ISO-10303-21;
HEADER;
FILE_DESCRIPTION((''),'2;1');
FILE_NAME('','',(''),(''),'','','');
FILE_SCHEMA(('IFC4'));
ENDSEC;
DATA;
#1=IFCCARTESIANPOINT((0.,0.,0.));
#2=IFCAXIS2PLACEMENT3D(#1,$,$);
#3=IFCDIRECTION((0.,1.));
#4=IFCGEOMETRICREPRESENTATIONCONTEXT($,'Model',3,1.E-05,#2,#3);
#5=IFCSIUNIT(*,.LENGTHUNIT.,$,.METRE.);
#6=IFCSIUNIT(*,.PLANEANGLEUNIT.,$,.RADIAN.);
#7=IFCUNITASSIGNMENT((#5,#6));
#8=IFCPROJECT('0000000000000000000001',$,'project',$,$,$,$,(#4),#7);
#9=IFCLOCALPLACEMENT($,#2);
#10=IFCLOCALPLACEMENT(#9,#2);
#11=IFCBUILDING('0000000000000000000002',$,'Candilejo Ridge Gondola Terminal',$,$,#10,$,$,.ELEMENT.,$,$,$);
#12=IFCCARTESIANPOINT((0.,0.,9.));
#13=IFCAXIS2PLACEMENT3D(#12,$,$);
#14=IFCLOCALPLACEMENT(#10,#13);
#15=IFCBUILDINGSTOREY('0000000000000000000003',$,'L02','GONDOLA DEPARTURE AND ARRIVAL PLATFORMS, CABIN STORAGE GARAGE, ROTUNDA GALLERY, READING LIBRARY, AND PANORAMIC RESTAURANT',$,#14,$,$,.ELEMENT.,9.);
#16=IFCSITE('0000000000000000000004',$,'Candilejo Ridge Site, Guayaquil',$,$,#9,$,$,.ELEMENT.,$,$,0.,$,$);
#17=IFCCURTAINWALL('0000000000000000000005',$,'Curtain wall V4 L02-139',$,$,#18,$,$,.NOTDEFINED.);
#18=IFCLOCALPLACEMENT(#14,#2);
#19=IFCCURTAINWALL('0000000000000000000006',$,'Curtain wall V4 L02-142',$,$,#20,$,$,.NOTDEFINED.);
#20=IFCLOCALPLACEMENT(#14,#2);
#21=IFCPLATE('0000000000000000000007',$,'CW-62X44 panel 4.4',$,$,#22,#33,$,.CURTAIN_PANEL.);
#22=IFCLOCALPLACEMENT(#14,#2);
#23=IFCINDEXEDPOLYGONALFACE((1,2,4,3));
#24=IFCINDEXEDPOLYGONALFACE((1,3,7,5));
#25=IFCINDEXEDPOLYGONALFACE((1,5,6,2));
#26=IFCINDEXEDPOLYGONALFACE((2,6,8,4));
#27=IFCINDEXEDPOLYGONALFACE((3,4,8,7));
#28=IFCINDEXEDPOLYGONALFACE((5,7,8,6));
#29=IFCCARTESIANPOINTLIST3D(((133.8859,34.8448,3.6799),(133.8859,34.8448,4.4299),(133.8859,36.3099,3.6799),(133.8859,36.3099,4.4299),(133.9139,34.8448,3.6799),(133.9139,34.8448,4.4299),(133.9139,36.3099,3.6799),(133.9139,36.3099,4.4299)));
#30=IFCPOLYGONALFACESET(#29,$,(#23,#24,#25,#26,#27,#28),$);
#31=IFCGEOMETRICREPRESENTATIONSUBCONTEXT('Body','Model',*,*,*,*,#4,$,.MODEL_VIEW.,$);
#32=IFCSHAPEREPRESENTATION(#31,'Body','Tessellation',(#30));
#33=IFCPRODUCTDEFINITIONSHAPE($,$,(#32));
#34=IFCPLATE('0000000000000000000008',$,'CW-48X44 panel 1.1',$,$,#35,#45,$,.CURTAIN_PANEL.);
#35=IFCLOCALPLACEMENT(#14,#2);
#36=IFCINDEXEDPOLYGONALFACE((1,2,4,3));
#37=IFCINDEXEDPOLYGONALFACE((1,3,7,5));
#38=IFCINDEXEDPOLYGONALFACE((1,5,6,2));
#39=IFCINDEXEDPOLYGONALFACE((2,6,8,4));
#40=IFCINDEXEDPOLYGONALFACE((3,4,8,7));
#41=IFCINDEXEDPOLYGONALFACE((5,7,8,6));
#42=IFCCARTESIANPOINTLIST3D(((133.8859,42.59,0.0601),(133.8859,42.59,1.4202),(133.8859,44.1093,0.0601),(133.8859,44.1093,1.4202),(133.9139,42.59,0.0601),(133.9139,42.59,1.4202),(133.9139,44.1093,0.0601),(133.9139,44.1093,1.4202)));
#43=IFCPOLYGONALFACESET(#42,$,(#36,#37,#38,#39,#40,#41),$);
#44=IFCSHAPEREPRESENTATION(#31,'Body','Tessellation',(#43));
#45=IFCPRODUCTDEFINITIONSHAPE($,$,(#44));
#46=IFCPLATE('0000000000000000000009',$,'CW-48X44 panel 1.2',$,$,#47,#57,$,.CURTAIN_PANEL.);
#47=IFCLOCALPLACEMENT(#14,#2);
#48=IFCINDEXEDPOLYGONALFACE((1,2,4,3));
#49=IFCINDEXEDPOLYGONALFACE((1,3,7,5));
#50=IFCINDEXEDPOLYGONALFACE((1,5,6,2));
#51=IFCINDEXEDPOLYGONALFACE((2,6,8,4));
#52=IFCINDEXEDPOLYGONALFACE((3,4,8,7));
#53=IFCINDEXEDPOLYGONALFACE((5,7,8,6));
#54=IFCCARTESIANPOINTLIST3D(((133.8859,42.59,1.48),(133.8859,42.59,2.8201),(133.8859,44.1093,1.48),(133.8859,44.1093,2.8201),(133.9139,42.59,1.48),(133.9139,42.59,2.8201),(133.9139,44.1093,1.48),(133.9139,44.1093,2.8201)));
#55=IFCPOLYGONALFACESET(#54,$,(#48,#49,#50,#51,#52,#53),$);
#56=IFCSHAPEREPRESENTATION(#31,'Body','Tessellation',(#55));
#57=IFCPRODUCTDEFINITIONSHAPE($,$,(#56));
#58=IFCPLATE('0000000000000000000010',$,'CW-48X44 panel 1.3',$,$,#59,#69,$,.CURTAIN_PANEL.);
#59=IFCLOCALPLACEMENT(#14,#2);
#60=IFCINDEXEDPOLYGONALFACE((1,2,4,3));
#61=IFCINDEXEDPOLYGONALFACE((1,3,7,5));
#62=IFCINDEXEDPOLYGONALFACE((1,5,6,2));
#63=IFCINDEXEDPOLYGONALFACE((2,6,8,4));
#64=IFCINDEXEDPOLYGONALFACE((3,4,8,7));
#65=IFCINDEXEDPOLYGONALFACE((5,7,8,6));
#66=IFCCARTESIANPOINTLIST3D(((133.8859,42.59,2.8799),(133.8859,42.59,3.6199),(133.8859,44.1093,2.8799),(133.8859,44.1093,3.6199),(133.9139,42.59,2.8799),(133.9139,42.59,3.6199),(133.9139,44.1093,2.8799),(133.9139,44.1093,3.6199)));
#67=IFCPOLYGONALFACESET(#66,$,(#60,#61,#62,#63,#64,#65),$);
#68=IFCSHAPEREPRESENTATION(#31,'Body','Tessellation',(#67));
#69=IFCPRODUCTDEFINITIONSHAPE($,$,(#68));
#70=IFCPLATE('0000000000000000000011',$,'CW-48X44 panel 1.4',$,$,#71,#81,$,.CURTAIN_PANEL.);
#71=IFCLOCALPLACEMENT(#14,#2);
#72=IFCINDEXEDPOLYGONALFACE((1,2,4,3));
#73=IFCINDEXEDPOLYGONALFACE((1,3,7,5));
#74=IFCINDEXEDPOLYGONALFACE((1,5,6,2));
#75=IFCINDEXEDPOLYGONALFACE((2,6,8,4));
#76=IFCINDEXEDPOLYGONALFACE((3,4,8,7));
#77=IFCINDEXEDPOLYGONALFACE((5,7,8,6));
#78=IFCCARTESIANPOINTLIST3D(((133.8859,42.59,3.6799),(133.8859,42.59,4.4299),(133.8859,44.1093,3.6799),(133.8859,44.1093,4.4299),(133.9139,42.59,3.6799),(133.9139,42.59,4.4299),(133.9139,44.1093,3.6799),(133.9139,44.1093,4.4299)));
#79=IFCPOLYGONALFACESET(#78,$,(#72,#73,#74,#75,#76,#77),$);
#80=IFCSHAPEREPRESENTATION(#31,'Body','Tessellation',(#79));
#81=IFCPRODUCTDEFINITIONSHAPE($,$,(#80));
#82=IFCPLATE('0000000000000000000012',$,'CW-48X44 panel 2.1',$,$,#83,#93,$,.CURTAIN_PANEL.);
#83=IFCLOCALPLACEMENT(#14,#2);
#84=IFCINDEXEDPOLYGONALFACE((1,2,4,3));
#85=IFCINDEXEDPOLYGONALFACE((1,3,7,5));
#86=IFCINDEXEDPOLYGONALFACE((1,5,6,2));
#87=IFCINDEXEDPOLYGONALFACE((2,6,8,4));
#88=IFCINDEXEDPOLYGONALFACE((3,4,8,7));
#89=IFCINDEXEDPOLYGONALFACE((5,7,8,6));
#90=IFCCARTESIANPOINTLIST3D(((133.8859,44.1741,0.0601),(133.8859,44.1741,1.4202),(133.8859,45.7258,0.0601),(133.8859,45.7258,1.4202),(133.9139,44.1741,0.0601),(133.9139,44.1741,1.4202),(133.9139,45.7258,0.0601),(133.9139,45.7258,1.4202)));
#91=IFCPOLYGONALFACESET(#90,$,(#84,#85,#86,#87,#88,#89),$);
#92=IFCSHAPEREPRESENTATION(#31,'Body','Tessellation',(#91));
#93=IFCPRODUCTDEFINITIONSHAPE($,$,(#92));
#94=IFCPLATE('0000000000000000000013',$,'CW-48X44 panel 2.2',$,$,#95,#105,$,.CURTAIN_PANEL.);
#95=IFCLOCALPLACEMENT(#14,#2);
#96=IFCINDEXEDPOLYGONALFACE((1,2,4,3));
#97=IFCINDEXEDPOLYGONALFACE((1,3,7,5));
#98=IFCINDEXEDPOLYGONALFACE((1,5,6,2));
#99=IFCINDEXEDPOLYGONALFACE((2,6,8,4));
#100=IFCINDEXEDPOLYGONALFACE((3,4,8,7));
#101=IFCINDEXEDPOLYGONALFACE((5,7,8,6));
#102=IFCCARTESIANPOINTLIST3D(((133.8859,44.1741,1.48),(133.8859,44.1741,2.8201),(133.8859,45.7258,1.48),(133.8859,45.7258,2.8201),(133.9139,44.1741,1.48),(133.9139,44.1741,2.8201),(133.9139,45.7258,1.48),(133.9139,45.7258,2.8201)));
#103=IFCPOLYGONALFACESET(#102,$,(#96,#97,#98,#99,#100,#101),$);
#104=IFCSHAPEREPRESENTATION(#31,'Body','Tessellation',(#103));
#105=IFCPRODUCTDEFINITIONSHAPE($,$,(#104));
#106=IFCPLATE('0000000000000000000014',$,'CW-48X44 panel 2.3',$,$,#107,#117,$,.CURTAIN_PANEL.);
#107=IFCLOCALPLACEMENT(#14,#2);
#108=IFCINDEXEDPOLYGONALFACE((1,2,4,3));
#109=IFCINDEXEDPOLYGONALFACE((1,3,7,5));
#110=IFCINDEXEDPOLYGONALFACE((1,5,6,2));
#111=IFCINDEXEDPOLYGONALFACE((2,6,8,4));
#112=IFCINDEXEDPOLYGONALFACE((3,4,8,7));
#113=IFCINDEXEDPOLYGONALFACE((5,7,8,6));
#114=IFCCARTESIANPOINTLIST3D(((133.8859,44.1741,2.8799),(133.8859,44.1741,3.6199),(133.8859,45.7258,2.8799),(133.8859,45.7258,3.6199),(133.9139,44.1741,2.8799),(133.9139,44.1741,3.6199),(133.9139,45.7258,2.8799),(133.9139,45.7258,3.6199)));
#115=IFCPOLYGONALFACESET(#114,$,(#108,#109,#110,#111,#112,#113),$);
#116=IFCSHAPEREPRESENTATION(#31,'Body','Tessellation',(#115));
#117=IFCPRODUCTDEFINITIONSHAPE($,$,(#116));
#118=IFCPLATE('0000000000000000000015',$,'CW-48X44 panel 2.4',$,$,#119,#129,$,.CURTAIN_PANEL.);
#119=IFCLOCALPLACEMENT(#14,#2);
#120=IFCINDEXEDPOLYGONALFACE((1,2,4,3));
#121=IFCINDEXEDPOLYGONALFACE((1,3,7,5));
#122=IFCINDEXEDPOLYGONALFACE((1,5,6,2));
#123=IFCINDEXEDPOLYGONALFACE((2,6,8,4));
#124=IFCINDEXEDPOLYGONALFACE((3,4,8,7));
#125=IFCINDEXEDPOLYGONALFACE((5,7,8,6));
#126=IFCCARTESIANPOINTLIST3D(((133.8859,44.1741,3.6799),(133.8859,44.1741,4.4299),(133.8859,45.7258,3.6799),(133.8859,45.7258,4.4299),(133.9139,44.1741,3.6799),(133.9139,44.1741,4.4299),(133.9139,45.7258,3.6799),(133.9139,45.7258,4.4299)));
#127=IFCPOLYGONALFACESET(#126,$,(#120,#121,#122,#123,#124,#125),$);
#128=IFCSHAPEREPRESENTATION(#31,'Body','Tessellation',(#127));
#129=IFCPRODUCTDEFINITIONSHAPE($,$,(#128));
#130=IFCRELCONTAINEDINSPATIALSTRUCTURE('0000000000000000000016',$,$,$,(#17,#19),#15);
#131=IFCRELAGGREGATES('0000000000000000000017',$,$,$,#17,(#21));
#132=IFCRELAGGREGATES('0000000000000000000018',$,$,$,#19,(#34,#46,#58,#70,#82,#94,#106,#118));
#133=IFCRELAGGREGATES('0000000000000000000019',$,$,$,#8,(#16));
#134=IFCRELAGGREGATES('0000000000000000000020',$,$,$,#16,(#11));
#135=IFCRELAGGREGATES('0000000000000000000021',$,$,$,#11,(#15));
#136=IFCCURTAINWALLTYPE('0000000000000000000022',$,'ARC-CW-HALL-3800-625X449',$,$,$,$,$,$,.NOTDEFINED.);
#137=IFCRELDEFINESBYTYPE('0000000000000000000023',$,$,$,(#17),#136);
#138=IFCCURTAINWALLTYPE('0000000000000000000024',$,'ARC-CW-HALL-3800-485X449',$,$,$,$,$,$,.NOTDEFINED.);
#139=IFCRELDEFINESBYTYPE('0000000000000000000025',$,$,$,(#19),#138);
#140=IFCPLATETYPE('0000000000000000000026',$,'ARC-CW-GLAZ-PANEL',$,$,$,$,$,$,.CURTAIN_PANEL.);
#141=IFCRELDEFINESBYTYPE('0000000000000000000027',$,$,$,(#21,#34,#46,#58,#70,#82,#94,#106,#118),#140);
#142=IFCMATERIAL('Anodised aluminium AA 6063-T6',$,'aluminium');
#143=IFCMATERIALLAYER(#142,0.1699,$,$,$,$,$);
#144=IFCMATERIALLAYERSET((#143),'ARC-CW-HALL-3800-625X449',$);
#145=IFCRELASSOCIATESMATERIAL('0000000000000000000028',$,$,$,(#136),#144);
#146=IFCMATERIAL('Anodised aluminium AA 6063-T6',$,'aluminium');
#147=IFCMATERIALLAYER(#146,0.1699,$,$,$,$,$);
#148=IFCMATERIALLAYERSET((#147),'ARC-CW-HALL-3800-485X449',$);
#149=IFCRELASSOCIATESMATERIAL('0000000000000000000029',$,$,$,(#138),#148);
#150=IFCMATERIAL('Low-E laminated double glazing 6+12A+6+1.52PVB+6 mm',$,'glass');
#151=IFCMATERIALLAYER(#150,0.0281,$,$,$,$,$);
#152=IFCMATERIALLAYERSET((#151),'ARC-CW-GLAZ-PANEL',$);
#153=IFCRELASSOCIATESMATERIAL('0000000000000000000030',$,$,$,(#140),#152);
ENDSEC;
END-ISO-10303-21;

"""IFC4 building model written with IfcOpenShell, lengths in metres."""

from ifc_helpers import new_model, si_unit, direction, frame, origin, origin_2d, place, context, subcontext, project, spatial, rectangle, extrude, material, layer, layer_set, type_object, element, aggregate, save


model = new_model("IFC4")

# Units and contexts
model_context = context("Model", 3, precision=1e-05, world=origin(), true_north=direction((0.0, 1.0)))
body_context = subcontext(model_context, "Body", "Model", "MODEL_VIEW")
ifc_project = project(units=[si_unit("LENGTHUNIT", "METRE"), si_unit("PLANEANGLEUNIT", "RADIAN")], contexts=[model_context])

# Site, building, storey
site_placement = place(None, origin())
site = spatial("IfcSite", under=ifc_project, at=site_placement, Name="Candilejo Ridge Site, Guayaquil", CompositionType="ELEMENT", RefElevation=0.0)
building_placement = place(site_placement, origin())
building = spatial("IfcBuilding", under=site, at=building_placement, Name="Candilejo Ridge Gondola Terminal", CompositionType="ELEMENT")
storey_placement = place(building_placement, frame((0.0, 0.0, 9.0)))
storey = spatial("IfcBuildingStorey", under=building, at=storey_placement, Name="L02", Description="GONDOLA DEPARTURE AND ARRIVAL PLATFORMS, CABIN STORAGE GARAGE, ROTUNDA GALLERY, READING LIBRARY, AND PANORAMIC RESTAURANT", CompositionType="ELEMENT", Elevation=9.0)

# Curtain wall
ifc_material_1 = material(Name="Anodised aluminium AA 6063-T6", Category="aluminium")
ifc_layer_1 = layer(ifc_material_1, 0.1699)
ifc_layer_set_1 = layer_set([ifc_layer_1], Name="ARC-CW-HALL-3800-625X449")
curtain_wall_type_1 = type_object("IfcCurtainWallType", Name="ARC-CW-HALL-3800-625X449", PredefinedType="NOTDEFINED", material=ifc_layer_set_1)
curtain_wall_1_placement = place(storey_placement, origin())
curtain_wall_1 = element("IfcCurtainWall", 1, at=curtain_wall_1_placement, inside=storey, type_object=curtain_wall_type_1, Name="Curtain wall V4 L02-139", PredefinedType="NOTDEFINED")

# Curtain wall
ifc_material_2 = material(Name="Anodised aluminium AA 6063-T6", Category="aluminium")
ifc_layer_2 = layer(ifc_material_2, 0.1699)
ifc_layer_set_2 = layer_set([ifc_layer_2], Name="ARC-CW-HALL-3800-485X449")
curtain_wall_type_2 = type_object("IfcCurtainWallType", Name="ARC-CW-HALL-3800-485X449", PredefinedType="NOTDEFINED", material=ifc_layer_set_2)
curtain_wall_2_placement = place(storey_placement, origin())
curtain_wall_2 = element("IfcCurtainWall", 2, at=curtain_wall_2_placement, inside=storey, type_object=curtain_wall_type_2, Name="Curtain wall V4 L02-142", PredefinedType="NOTDEFINED")

# Plates
ifc_material_3 = material(Name="Low-E laminated double glazing 6+12A+6+1.52PVB+6 mm", Category="glass")
ifc_layer_3 = layer(ifc_material_3, 0.0281)
ifc_layer_set_3 = layer_set([ifc_layer_3], Name="ARC-CW-GLAZ-PANEL")
plate_type = type_object("IfcPlateType", Name="ARC-CW-GLAZ-PANEL", PredefinedType="CURTAIN_PANEL", material=ifc_layer_set_3)
plate_1_placement = place(storey_placement, frame((133.8999, 35.5774, 3.6799), z_axis=(0.0, 0.0, 1.0), x_axis=(0.0, 1.0, 0.0)))
plate_1 = element("IfcPlate", 3, at=plate_1_placement, type_object=plate_type, Name="CW-62X44 panel 4.4", PredefinedType="CURTAIN_PANEL", context=body_context, shape_type="SweptSolid", body=[
    extrude(rectangle(XDim=1.4651, YDim=0.0281, at=origin_2d()), origin(), (0.0, 0.0, 1.0), 0.75),
])
aggregate(curtain_wall_1, [plate_1])
plate_2_placement = place(storey_placement, frame((133.8999, 43.3496, 0.0601), z_axis=(0.0, 0.0, 1.0), x_axis=(0.0, 1.0, 0.0)))
plate_2 = element("IfcPlate", 4, at=plate_2_placement, type_object=plate_type, Name="CW-48X44 panel 1.1", PredefinedType="CURTAIN_PANEL", context=body_context, shape_type="SweptSolid", body=[
    extrude(rectangle(XDim=1.5193, YDim=0.0281, at=origin_2d()), origin(), (0.0, 0.0, 1.0), 1.3601),
])
plate_3_placement = place(storey_placement, frame((133.8999, 43.3496, 1.48), z_axis=(0.0, 0.0, 1.0), x_axis=(0.0, 1.0, 0.0)))
plate_3 = element("IfcPlate", 5, at=plate_3_placement, type_object=plate_type, Name="CW-48X44 panel 1.2", PredefinedType="CURTAIN_PANEL", context=body_context, shape_type="SweptSolid", body=[
    extrude(rectangle(XDim=1.5193, YDim=0.0281, at=origin_2d()), origin(), (0.0, 0.0, 1.0), 1.3401),
])
plate_4_placement = place(storey_placement, frame((133.8999, 43.3496, 2.8799), z_axis=(0.0, 0.0, 1.0), x_axis=(0.0, 1.0, 0.0)))
plate_4 = element("IfcPlate", 6, at=plate_4_placement, type_object=plate_type, Name="CW-48X44 panel 1.3", PredefinedType="CURTAIN_PANEL", context=body_context, shape_type="SweptSolid", body=[
    extrude(rectangle(XDim=1.5193, YDim=0.0281, at=origin_2d()), origin(), (0.0, 0.0, 1.0), 0.74),
])
plate_5_placement = place(storey_placement, frame((133.8999, 43.3496, 3.6799), z_axis=(0.0, 0.0, 1.0), x_axis=(0.0, 1.0, 0.0)))
plate_5 = element("IfcPlate", 7, at=plate_5_placement, type_object=plate_type, Name="CW-48X44 panel 1.4", PredefinedType="CURTAIN_PANEL", context=body_context, shape_type="SweptSolid", body=[
    extrude(rectangle(XDim=1.5193, YDim=0.0281, at=origin_2d()), origin(), (0.0, 0.0, 1.0), 0.75),
])
plate_6_placement = place(storey_placement, frame((133.8999, 44.95, 0.0601), z_axis=(0.0, 0.0, 1.0), x_axis=(0.0, 1.0, 0.0)))
plate_6 = element("IfcPlate", 8, at=plate_6_placement, type_object=plate_type, Name="CW-48X44 panel 2.1", PredefinedType="CURTAIN_PANEL", context=body_context, shape_type="SweptSolid", body=[
    extrude(rectangle(XDim=1.5518, YDim=0.0281, at=origin_2d()), origin(), (0.0, 0.0, 1.0), 1.3601),
])
plate_7_placement = place(storey_placement, frame((133.8999, 44.95, 1.48), z_axis=(0.0, 0.0, 1.0), x_axis=(0.0, 1.0, 0.0)))
plate_7 = element("IfcPlate", 9, at=plate_7_placement, type_object=plate_type, Name="CW-48X44 panel 2.2", PredefinedType="CURTAIN_PANEL", context=body_context, shape_type="SweptSolid", body=[
    extrude(rectangle(XDim=1.5518, YDim=0.0281, at=origin_2d()), origin(), (0.0, 0.0, 1.0), 1.3401),
])
plate_8_placement = place(storey_placement, frame((133.8999, 44.95, 2.8799), z_axis=(0.0, 0.0, 1.0), x_axis=(0.0, 1.0, 0.0)))
plate_8 = element("IfcPlate", 10, at=plate_8_placement, type_object=plate_type, Name="CW-48X44 panel 2.3", PredefinedType="CURTAIN_PANEL", context=body_context, shape_type="SweptSolid", body=[
    extrude(rectangle(XDim=1.5518, YDim=0.0281, at=origin_2d()), origin(), (0.0, 0.0, 1.0), 0.74),
])
plate_9_placement = place(storey_placement, frame((133.8999, 44.95, 3.6799), z_axis=(0.0, 0.0, 1.0), x_axis=(0.0, 1.0, 0.0)))
plate_9 = element("IfcPlate", 11, at=plate_9_placement, type_object=plate_type, Name="CW-48X44 panel 2.4", PredefinedType="CURTAIN_PANEL", context=body_context, shape_type="SweptSolid", body=[
    extrude(rectangle(XDim=1.5518, YDim=0.0281, at=origin_2d()), origin(), (0.0, 0.0, 1.0), 0.75),
])
aggregate(curtain_wall_2, [plate_2, plate_3, plate_4, plate_5, plate_6, plate_7, plate_8, plate_9])

save(model, "model.ifc")
